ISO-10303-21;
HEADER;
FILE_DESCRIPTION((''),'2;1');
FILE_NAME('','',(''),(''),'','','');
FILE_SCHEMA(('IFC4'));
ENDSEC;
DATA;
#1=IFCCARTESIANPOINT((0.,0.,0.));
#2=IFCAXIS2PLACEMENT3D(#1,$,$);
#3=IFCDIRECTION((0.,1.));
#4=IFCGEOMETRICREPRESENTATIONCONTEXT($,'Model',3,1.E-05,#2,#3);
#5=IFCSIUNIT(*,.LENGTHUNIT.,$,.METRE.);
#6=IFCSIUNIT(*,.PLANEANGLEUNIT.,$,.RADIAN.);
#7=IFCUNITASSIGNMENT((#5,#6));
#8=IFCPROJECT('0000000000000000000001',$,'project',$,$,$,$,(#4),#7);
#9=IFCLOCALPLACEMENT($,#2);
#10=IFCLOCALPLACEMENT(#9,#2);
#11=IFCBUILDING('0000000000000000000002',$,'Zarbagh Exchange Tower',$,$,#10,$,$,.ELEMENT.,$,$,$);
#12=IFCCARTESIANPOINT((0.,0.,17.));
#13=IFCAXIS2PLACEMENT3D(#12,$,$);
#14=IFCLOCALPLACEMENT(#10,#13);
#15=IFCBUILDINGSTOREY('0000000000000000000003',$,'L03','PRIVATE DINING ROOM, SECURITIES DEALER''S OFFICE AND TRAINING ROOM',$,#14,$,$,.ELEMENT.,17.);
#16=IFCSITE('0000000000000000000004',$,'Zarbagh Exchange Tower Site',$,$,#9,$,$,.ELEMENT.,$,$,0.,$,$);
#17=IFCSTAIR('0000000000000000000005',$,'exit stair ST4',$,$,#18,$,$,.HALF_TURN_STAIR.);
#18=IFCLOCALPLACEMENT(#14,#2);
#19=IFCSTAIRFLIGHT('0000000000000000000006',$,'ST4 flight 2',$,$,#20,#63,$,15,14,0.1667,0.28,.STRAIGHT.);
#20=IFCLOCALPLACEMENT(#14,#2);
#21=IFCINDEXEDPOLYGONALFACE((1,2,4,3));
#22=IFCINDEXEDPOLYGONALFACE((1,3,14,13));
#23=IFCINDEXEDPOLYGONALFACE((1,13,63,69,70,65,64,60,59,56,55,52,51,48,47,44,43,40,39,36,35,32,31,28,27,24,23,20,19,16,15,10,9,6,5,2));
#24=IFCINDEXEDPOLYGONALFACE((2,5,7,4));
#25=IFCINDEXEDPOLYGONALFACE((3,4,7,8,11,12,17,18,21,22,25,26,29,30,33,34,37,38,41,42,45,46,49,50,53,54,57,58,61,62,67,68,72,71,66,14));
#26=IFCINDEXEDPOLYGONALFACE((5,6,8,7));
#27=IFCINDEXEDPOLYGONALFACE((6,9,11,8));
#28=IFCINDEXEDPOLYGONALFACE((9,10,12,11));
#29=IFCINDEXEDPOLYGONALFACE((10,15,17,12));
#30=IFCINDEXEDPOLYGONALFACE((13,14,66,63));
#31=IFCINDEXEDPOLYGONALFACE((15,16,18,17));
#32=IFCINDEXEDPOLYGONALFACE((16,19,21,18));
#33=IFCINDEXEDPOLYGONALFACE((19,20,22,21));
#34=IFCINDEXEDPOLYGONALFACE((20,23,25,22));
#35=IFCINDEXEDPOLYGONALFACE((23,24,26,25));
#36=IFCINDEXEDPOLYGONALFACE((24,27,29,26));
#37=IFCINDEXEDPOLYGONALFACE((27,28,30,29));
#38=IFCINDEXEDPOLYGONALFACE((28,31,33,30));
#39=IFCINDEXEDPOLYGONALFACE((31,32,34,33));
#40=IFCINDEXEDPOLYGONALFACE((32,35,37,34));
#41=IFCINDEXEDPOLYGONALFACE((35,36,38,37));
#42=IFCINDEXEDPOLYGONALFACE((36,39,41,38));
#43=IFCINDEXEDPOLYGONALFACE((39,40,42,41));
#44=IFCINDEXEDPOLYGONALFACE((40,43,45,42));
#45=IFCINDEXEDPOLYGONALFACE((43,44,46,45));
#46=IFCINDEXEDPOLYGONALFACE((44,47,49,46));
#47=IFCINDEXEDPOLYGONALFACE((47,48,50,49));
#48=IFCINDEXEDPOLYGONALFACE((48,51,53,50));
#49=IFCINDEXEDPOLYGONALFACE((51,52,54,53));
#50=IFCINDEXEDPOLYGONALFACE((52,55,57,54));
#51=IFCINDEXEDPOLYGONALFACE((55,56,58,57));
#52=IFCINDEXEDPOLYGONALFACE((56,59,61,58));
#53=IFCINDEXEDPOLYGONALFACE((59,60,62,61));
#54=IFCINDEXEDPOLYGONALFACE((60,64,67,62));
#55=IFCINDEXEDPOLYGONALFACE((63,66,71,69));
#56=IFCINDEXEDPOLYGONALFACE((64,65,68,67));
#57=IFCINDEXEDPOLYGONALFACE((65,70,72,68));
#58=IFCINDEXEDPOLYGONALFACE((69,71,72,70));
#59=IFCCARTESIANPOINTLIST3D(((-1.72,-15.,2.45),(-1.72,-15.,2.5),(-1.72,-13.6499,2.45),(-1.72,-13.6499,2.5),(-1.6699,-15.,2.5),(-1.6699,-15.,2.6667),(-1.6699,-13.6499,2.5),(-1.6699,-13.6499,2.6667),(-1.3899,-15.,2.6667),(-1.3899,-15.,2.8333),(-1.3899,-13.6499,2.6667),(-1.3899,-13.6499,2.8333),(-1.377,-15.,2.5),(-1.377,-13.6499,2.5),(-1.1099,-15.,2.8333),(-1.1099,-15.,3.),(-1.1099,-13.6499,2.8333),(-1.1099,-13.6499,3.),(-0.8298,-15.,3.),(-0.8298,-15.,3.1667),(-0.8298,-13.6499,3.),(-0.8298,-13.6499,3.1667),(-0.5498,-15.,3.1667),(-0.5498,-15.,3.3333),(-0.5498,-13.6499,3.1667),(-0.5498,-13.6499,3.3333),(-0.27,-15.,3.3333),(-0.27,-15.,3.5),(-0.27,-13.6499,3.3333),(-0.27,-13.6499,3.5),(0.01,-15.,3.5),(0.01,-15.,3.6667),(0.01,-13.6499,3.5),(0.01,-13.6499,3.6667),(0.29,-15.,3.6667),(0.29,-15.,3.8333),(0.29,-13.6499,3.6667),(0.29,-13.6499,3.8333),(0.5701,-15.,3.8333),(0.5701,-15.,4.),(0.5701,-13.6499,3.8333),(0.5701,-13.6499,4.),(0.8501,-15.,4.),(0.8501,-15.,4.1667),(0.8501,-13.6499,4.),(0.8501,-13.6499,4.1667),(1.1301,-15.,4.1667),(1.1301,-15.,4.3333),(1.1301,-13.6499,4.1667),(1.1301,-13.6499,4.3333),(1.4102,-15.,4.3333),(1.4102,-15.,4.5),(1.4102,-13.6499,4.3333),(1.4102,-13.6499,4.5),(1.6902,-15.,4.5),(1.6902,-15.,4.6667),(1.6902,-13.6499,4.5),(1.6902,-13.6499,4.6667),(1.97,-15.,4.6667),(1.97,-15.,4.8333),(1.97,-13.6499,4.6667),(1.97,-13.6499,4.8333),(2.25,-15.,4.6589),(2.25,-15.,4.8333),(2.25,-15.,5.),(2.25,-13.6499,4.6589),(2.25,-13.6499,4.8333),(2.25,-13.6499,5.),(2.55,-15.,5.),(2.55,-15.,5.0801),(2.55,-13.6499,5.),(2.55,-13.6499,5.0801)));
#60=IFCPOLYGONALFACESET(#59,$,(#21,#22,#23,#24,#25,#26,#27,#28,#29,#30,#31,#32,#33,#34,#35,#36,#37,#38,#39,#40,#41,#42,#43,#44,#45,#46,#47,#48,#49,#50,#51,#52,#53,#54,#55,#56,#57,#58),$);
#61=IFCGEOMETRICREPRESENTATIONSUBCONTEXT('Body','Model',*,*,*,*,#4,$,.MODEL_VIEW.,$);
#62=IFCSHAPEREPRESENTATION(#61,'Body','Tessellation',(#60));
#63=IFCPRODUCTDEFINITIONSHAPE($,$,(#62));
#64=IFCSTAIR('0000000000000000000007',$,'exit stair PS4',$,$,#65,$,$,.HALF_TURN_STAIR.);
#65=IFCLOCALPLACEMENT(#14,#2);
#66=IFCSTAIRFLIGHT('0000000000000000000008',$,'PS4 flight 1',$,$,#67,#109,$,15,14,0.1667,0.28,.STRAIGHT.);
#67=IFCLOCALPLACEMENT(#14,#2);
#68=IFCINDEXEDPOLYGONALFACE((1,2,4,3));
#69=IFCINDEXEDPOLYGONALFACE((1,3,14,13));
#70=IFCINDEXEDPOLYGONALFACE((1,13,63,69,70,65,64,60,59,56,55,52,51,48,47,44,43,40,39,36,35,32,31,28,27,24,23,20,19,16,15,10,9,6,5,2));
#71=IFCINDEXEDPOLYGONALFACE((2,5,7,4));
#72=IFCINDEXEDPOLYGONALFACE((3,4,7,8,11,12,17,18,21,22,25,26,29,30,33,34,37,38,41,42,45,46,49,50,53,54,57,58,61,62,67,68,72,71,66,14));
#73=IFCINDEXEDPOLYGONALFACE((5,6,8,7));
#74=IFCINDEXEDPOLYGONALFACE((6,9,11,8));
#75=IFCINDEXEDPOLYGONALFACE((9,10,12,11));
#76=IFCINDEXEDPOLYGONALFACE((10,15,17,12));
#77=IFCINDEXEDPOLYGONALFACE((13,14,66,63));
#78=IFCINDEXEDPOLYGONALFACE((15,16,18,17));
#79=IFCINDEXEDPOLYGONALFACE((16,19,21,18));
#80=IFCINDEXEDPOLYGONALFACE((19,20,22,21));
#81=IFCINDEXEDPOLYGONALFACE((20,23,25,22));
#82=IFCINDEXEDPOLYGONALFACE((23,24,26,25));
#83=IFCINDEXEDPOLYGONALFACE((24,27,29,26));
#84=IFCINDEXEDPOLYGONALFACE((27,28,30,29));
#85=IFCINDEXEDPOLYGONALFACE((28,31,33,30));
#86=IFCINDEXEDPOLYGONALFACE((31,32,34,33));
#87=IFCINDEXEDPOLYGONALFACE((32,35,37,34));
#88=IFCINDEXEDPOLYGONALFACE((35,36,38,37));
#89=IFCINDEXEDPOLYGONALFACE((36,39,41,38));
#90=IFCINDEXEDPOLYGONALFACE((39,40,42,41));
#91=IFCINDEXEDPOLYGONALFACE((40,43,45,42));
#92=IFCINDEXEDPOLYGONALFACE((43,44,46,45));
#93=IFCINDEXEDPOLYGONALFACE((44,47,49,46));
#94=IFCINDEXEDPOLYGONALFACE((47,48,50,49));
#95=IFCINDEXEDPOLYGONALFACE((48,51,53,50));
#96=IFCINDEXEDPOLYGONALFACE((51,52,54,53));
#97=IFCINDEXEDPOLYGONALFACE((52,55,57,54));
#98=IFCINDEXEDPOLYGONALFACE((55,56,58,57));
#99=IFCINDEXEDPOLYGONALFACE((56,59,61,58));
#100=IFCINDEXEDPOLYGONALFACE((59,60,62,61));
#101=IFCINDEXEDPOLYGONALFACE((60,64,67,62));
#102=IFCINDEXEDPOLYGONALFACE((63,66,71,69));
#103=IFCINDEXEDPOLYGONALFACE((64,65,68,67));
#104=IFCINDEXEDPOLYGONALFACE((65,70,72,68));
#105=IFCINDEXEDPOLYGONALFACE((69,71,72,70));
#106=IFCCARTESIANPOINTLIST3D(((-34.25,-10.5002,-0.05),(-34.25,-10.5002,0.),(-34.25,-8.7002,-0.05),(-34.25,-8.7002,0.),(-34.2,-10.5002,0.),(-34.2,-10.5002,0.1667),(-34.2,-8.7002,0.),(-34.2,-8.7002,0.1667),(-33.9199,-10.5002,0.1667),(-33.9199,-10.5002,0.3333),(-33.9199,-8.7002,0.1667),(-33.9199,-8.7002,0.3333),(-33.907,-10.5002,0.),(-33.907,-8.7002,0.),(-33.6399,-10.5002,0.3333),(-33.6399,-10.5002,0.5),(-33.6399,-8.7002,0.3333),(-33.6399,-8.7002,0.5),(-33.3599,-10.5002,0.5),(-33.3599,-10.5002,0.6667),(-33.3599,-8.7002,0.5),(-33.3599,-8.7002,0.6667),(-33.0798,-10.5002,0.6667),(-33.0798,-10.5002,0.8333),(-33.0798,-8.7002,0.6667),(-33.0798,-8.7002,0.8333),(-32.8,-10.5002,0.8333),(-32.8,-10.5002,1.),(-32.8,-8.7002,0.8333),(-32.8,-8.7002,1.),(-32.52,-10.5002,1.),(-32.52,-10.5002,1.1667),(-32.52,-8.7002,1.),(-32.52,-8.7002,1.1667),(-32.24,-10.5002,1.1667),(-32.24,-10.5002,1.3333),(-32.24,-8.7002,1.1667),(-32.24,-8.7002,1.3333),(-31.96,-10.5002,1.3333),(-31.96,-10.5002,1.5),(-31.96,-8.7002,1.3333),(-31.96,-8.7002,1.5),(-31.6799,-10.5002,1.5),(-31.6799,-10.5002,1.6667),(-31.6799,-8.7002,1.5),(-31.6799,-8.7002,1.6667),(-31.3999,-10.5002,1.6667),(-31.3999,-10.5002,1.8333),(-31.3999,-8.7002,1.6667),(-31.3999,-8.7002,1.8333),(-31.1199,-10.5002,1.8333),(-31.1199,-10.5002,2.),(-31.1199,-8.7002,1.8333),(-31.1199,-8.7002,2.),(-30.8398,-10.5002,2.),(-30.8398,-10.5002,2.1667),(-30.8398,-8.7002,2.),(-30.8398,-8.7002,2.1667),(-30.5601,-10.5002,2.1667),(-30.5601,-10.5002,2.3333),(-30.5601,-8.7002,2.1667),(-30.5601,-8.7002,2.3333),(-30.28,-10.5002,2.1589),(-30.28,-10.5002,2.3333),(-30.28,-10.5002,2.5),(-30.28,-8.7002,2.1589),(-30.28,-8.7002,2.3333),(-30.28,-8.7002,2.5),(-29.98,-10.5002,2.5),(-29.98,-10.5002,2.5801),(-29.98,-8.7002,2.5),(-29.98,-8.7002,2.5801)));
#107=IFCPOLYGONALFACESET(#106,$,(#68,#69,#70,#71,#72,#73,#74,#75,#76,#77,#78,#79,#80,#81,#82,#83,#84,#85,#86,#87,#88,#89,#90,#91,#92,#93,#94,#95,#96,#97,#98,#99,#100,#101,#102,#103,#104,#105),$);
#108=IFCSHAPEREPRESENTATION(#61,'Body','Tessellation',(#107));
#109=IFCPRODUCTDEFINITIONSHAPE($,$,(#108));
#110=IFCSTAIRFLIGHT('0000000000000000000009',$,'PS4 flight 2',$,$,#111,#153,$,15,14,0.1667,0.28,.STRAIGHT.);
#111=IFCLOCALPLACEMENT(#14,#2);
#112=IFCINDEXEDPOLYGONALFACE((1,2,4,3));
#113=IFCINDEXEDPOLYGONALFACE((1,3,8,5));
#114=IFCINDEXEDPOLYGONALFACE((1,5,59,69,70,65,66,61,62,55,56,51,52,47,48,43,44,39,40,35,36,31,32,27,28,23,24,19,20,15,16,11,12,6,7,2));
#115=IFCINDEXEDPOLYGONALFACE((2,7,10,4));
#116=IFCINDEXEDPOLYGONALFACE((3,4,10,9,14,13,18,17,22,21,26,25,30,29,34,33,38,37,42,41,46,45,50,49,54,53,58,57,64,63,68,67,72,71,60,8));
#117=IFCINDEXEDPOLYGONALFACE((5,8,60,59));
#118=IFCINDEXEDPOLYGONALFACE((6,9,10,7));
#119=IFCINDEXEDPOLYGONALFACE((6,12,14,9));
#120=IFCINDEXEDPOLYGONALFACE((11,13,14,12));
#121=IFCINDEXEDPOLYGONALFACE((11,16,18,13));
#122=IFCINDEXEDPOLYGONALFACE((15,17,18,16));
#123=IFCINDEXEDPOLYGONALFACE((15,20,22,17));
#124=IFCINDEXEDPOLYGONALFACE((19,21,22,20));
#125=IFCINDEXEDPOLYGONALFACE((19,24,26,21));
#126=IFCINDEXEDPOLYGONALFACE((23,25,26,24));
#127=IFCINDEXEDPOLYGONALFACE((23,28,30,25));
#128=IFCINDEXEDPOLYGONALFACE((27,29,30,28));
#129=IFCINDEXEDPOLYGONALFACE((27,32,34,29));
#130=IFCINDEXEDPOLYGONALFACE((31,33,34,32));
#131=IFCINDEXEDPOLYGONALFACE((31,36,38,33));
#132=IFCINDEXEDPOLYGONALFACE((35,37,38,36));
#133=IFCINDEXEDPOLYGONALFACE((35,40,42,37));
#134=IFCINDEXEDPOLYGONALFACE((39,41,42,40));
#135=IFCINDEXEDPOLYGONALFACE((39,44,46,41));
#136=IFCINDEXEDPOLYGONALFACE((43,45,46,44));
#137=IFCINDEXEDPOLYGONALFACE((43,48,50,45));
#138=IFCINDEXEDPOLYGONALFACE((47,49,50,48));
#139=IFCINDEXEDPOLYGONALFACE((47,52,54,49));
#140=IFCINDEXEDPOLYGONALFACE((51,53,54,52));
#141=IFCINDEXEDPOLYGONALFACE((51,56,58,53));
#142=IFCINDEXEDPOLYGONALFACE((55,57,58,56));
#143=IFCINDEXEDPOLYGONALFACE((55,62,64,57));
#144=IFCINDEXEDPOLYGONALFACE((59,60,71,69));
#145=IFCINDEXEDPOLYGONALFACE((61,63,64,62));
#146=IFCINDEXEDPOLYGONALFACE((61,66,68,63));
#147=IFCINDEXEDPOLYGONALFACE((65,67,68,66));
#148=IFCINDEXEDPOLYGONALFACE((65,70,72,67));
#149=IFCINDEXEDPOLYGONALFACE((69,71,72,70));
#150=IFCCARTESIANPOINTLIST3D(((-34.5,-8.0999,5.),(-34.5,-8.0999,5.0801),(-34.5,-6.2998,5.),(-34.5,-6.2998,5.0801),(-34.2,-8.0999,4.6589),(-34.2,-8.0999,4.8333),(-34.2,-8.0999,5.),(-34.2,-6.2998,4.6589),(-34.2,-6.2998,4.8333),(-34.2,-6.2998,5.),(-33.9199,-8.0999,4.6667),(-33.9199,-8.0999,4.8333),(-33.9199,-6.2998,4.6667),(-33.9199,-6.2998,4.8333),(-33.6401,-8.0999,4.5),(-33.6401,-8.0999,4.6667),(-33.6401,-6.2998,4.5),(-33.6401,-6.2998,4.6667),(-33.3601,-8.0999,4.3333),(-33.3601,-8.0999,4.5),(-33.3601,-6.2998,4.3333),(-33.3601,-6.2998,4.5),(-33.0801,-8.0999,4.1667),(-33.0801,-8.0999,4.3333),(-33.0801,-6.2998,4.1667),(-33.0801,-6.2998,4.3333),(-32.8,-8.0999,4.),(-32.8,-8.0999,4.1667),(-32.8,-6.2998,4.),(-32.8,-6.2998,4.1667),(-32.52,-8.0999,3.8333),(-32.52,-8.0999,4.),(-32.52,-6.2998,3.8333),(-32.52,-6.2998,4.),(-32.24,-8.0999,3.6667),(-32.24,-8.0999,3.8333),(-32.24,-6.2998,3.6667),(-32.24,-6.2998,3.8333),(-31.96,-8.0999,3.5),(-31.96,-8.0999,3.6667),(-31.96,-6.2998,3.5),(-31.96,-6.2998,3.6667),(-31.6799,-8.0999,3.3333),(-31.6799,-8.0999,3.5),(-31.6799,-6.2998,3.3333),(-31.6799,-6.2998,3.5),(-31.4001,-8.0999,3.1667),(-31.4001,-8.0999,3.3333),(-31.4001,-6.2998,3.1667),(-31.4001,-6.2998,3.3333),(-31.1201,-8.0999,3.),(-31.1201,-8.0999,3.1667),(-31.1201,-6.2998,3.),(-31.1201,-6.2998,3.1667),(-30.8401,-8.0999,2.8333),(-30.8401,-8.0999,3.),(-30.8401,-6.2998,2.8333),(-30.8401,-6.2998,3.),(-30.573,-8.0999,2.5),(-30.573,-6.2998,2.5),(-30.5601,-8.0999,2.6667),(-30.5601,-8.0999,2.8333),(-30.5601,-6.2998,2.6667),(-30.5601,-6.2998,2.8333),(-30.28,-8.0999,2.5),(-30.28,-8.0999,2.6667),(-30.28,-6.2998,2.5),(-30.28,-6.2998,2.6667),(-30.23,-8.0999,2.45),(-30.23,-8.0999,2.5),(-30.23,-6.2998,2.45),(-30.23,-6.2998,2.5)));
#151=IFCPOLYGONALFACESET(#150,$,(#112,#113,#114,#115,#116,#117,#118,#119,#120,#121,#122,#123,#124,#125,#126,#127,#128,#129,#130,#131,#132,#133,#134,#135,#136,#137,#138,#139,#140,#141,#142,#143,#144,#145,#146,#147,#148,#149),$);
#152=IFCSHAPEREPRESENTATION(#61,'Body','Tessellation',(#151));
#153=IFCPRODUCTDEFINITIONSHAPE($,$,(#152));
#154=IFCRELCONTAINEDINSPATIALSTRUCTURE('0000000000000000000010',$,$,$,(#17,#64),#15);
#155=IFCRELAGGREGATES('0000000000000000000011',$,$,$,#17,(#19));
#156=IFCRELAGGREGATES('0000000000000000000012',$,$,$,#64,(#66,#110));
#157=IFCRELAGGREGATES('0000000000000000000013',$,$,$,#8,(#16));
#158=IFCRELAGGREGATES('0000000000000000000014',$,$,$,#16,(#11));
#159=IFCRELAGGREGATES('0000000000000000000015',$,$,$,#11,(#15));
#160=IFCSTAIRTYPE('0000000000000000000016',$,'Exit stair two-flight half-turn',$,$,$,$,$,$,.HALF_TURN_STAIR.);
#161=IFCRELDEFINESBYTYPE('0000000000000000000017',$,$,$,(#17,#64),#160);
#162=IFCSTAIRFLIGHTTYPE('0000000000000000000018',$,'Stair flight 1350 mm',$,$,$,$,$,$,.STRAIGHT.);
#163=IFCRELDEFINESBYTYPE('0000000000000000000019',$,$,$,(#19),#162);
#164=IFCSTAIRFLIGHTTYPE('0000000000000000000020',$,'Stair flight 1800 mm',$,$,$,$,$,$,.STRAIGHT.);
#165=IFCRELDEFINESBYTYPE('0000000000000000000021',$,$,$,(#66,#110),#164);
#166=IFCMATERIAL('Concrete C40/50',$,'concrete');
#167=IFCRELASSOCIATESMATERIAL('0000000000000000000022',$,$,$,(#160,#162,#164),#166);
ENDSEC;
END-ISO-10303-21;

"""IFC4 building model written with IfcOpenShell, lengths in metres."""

from ifc_helpers import new_model, si_unit, direction, frame, origin, place, context, subcontext, project, spatial, polyline, outline, extrude, material, type_object, element, aggregate, save


model = new_model("IFC4")

# Units and contexts
model_context = context("Model", 3, precision=1e-05, world=origin(), true_north=direction((0.0, 1.0)))
body_context = subcontext(model_context, "Body", "Model", "MODEL_VIEW")
ifc_project = project(units=[si_unit("LENGTHUNIT", "METRE"), si_unit("PLANEANGLEUNIT", "RADIAN")], contexts=[model_context])

# Site, building, storey
site_placement = place(None, origin())
site = spatial("IfcSite", under=ifc_project, at=site_placement, Name="Zarbagh Exchange Tower Site", CompositionType="ELEMENT", RefElevation=0.0)
building_placement = place(site_placement, origin())
building = spatial("IfcBuilding", under=site, at=building_placement, Name="Zarbagh Exchange Tower", CompositionType="ELEMENT")
storey_placement = place(building_placement, frame((0.0, 0.0, 17.0)))
storey = spatial("IfcBuildingStorey", under=building, at=storey_placement, Name="L03", Description="PRIVATE DINING ROOM, SECURITIES DEALER'S OFFICE AND TRAINING ROOM", CompositionType="ELEMENT", Elevation=17.0)

# Shared definitions
ifc_material_1 = material(Name="Concrete C40/50", Category="concrete")

# Stair, stair flight
stair_type = type_object("IfcStairType", Name="Exit stair two-flight half-turn", PredefinedType="HALF_TURN_STAIR", material=ifc_material_1)
stair_flight_type_1 = type_object("IfcStairFlightType", Name="Stair flight 1350 mm", PredefinedType="STRAIGHT", material=ifc_material_1)
stair_1_placement = place(storey_placement, origin())
stair_1 = element("IfcStair", 1, at=stair_1_placement, inside=storey, type_object=stair_type, Name="exit stair ST4", PredefinedType="HALF_TURN_STAIR")
stair_flight_1_placement = place(storey_placement, frame((-1.6699, -14.325, 2.5), z_axis=(0.0, 0.0, 1.0), x_axis=(1.0, 0.0, 0.0)))
stair_flight_1 = element("IfcStairFlight", 2, at=stair_flight_1_placement, type_object=stair_flight_type_1, Name="ST4 flight 2", NumberOfRisers=15, NumberOfTreads=14, PredefinedType="STRAIGHT", RiserHeight=0.1667, TreadLength=0.28, context=body_context, shape_type="SweptSolid", body=[
    extrude(outline(polyline([(-0.05, -0.05), (-0.05, 0.0), (0.0, 0.0), (0.0, 0.1667), (0.28, 0.1667), (0.28, 0.3333), (0.5601, 0.3333), (0.5601, 0.5), (0.8401, 0.5), (0.8401, 0.6667), (1.1201, 0.6667), (1.1201, 0.8333), (1.3999, 0.8333), (1.3999, 1.0), (1.6799, 1.0), (1.6799, 1.1667), (1.96, 1.1667), (1.96, 1.3333), (2.24, 1.3333), (2.24, 1.5), (2.52, 1.5), (2.52, 1.6667), (2.8, 1.6667), (2.8, 1.8333), (3.0801, 1.8333), (3.0801, 2.0), (3.3601, 2.0), (3.3601, 2.1667), (3.6399, 2.1667), (3.6399, 2.3333), (3.9199, 2.3333), (3.9199, 2.5), (4.22, 2.5801), (4.22, 2.5), (3.9199, 2.1589), (0.293, 0.0), (-0.05, -0.05)])), frame((0.0, 0.675, 0.0), z_axis=(0.0, -1.0, 0.0), x_axis=(1.0, 0.0, 0.0)), (0.0, 0.0, 1.0), 1.3501),
])
aggregate(stair_1, [stair_flight_1])

# Stair, stair flights
stair_2_placement = place(storey_placement, origin())
stair_2 = element("IfcStair", 3, at=stair_2_placement, inside=storey, type_object=stair_type, Name="exit stair PS4", PredefinedType="HALF_TURN_STAIR")
stair_flight_type_2 = type_object("IfcStairFlightType", Name="Stair flight 1800 mm", PredefinedType="STRAIGHT", material=ifc_material_1)
stair_flight_2_placement = place(storey_placement, frame((-34.2, -9.6001, 0.0), z_axis=(0.0, 0.0, 1.0), x_axis=(1.0, 0.0, 0.0)))
stair_flight_2 = element("IfcStairFlight", 4, at=stair_flight_2_placement, type_object=stair_flight_type_2, Name="PS4 flight 1", NumberOfRisers=15, NumberOfTreads=14, PredefinedType="STRAIGHT", RiserHeight=0.1667, TreadLength=0.28, context=body_context, shape_type="SweptSolid", body=[
    extrude(outline(polyline([(-0.05, -0.05), (-0.05, 0.0), (0.0, 0.0), (0.0, 0.1667), (0.28, 0.1667), (0.28, 0.3333), (0.5601, 0.3333), (0.5601, 0.5), (0.8401, 0.5), (0.8401, 0.6667), (1.1201, 0.6667), (1.1201, 0.8333), (1.3999, 0.8333), (1.3999, 1.0), (1.6799, 1.0), (1.6799, 1.1667), (1.96, 1.1667), (1.96, 1.3333), (2.24, 1.3333), (2.24, 1.5), (2.52, 1.5), (2.52, 1.6667), (2.8, 1.6667), (2.8, 1.8333), (3.0801, 1.8333), (3.0801, 2.0), (3.3601, 2.0), (3.3601, 2.1667), (3.6399, 2.1667), (3.6399, 2.3333), (3.9199, 2.3333), (3.9199, 2.5), (4.22, 2.5801), (4.22, 2.5), (3.9199, 2.1589), (0.293, 0.0), (-0.05, -0.05)])), frame((0.0, 0.8999, 0.0), z_axis=(0.0, -1.0, 0.0), x_axis=(1.0, 0.0, 0.0)), (0.0, 0.0, 1.0), 1.8),
])
stair_flight_3_placement = place(storey_placement, frame((-30.28, -7.2, 2.5), z_axis=(0.0, 0.0, 1.0), x_axis=(-1.0, 0.0, 0.0)))
stair_flight_3 = element("IfcStairFlight", 5, at=stair_flight_3_placement, type_object=stair_flight_type_2, Name="PS4 flight 2", NumberOfRisers=15, NumberOfTreads=14, PredefinedType="STRAIGHT", RiserHeight=0.1667, TreadLength=0.28, context=body_context, shape_type="SweptSolid", body=[
    extrude(outline(polyline([(-0.05, -0.05), (-0.05, 0.0), (0.0, 0.0), (0.0, 0.1667), (0.28, 0.1667), (0.28, 0.3333), (0.5601, 0.3333), (0.5601, 0.5), (0.8401, 0.5), (0.8401, 0.6667), (1.1201, 0.6667), (1.1201, 0.8333), (1.3999, 0.8333), (1.3999, 1.0), (1.6799, 1.0), (1.6799, 1.1667), (1.96, 1.1667), (1.96, 1.3333), (2.24, 1.3333), (2.24, 1.5), (2.52, 1.5), (2.52, 1.6667), (2.8, 1.6667), (2.8, 1.8333), (3.0801, 1.8333), (3.0801, 2.0), (3.3601, 2.0), (3.3601, 2.1667), (3.6399, 2.1667), (3.6399, 2.3333), (3.9199, 2.3333), (3.9199, 2.5), (4.22, 2.5801), (4.22, 2.5), (3.9199, 2.1589), (0.293, 0.0), (-0.05, -0.05)])), frame((0.0, 0.8999, 0.0), z_axis=(0.0, -1.0, 0.0), x_axis=(1.0, 0.0, 0.0)), (0.0, 0.0, 1.0), 1.8),
])
aggregate(stair_2, [stair_flight_2, stair_flight_3])

save(model, "model.ifc")
